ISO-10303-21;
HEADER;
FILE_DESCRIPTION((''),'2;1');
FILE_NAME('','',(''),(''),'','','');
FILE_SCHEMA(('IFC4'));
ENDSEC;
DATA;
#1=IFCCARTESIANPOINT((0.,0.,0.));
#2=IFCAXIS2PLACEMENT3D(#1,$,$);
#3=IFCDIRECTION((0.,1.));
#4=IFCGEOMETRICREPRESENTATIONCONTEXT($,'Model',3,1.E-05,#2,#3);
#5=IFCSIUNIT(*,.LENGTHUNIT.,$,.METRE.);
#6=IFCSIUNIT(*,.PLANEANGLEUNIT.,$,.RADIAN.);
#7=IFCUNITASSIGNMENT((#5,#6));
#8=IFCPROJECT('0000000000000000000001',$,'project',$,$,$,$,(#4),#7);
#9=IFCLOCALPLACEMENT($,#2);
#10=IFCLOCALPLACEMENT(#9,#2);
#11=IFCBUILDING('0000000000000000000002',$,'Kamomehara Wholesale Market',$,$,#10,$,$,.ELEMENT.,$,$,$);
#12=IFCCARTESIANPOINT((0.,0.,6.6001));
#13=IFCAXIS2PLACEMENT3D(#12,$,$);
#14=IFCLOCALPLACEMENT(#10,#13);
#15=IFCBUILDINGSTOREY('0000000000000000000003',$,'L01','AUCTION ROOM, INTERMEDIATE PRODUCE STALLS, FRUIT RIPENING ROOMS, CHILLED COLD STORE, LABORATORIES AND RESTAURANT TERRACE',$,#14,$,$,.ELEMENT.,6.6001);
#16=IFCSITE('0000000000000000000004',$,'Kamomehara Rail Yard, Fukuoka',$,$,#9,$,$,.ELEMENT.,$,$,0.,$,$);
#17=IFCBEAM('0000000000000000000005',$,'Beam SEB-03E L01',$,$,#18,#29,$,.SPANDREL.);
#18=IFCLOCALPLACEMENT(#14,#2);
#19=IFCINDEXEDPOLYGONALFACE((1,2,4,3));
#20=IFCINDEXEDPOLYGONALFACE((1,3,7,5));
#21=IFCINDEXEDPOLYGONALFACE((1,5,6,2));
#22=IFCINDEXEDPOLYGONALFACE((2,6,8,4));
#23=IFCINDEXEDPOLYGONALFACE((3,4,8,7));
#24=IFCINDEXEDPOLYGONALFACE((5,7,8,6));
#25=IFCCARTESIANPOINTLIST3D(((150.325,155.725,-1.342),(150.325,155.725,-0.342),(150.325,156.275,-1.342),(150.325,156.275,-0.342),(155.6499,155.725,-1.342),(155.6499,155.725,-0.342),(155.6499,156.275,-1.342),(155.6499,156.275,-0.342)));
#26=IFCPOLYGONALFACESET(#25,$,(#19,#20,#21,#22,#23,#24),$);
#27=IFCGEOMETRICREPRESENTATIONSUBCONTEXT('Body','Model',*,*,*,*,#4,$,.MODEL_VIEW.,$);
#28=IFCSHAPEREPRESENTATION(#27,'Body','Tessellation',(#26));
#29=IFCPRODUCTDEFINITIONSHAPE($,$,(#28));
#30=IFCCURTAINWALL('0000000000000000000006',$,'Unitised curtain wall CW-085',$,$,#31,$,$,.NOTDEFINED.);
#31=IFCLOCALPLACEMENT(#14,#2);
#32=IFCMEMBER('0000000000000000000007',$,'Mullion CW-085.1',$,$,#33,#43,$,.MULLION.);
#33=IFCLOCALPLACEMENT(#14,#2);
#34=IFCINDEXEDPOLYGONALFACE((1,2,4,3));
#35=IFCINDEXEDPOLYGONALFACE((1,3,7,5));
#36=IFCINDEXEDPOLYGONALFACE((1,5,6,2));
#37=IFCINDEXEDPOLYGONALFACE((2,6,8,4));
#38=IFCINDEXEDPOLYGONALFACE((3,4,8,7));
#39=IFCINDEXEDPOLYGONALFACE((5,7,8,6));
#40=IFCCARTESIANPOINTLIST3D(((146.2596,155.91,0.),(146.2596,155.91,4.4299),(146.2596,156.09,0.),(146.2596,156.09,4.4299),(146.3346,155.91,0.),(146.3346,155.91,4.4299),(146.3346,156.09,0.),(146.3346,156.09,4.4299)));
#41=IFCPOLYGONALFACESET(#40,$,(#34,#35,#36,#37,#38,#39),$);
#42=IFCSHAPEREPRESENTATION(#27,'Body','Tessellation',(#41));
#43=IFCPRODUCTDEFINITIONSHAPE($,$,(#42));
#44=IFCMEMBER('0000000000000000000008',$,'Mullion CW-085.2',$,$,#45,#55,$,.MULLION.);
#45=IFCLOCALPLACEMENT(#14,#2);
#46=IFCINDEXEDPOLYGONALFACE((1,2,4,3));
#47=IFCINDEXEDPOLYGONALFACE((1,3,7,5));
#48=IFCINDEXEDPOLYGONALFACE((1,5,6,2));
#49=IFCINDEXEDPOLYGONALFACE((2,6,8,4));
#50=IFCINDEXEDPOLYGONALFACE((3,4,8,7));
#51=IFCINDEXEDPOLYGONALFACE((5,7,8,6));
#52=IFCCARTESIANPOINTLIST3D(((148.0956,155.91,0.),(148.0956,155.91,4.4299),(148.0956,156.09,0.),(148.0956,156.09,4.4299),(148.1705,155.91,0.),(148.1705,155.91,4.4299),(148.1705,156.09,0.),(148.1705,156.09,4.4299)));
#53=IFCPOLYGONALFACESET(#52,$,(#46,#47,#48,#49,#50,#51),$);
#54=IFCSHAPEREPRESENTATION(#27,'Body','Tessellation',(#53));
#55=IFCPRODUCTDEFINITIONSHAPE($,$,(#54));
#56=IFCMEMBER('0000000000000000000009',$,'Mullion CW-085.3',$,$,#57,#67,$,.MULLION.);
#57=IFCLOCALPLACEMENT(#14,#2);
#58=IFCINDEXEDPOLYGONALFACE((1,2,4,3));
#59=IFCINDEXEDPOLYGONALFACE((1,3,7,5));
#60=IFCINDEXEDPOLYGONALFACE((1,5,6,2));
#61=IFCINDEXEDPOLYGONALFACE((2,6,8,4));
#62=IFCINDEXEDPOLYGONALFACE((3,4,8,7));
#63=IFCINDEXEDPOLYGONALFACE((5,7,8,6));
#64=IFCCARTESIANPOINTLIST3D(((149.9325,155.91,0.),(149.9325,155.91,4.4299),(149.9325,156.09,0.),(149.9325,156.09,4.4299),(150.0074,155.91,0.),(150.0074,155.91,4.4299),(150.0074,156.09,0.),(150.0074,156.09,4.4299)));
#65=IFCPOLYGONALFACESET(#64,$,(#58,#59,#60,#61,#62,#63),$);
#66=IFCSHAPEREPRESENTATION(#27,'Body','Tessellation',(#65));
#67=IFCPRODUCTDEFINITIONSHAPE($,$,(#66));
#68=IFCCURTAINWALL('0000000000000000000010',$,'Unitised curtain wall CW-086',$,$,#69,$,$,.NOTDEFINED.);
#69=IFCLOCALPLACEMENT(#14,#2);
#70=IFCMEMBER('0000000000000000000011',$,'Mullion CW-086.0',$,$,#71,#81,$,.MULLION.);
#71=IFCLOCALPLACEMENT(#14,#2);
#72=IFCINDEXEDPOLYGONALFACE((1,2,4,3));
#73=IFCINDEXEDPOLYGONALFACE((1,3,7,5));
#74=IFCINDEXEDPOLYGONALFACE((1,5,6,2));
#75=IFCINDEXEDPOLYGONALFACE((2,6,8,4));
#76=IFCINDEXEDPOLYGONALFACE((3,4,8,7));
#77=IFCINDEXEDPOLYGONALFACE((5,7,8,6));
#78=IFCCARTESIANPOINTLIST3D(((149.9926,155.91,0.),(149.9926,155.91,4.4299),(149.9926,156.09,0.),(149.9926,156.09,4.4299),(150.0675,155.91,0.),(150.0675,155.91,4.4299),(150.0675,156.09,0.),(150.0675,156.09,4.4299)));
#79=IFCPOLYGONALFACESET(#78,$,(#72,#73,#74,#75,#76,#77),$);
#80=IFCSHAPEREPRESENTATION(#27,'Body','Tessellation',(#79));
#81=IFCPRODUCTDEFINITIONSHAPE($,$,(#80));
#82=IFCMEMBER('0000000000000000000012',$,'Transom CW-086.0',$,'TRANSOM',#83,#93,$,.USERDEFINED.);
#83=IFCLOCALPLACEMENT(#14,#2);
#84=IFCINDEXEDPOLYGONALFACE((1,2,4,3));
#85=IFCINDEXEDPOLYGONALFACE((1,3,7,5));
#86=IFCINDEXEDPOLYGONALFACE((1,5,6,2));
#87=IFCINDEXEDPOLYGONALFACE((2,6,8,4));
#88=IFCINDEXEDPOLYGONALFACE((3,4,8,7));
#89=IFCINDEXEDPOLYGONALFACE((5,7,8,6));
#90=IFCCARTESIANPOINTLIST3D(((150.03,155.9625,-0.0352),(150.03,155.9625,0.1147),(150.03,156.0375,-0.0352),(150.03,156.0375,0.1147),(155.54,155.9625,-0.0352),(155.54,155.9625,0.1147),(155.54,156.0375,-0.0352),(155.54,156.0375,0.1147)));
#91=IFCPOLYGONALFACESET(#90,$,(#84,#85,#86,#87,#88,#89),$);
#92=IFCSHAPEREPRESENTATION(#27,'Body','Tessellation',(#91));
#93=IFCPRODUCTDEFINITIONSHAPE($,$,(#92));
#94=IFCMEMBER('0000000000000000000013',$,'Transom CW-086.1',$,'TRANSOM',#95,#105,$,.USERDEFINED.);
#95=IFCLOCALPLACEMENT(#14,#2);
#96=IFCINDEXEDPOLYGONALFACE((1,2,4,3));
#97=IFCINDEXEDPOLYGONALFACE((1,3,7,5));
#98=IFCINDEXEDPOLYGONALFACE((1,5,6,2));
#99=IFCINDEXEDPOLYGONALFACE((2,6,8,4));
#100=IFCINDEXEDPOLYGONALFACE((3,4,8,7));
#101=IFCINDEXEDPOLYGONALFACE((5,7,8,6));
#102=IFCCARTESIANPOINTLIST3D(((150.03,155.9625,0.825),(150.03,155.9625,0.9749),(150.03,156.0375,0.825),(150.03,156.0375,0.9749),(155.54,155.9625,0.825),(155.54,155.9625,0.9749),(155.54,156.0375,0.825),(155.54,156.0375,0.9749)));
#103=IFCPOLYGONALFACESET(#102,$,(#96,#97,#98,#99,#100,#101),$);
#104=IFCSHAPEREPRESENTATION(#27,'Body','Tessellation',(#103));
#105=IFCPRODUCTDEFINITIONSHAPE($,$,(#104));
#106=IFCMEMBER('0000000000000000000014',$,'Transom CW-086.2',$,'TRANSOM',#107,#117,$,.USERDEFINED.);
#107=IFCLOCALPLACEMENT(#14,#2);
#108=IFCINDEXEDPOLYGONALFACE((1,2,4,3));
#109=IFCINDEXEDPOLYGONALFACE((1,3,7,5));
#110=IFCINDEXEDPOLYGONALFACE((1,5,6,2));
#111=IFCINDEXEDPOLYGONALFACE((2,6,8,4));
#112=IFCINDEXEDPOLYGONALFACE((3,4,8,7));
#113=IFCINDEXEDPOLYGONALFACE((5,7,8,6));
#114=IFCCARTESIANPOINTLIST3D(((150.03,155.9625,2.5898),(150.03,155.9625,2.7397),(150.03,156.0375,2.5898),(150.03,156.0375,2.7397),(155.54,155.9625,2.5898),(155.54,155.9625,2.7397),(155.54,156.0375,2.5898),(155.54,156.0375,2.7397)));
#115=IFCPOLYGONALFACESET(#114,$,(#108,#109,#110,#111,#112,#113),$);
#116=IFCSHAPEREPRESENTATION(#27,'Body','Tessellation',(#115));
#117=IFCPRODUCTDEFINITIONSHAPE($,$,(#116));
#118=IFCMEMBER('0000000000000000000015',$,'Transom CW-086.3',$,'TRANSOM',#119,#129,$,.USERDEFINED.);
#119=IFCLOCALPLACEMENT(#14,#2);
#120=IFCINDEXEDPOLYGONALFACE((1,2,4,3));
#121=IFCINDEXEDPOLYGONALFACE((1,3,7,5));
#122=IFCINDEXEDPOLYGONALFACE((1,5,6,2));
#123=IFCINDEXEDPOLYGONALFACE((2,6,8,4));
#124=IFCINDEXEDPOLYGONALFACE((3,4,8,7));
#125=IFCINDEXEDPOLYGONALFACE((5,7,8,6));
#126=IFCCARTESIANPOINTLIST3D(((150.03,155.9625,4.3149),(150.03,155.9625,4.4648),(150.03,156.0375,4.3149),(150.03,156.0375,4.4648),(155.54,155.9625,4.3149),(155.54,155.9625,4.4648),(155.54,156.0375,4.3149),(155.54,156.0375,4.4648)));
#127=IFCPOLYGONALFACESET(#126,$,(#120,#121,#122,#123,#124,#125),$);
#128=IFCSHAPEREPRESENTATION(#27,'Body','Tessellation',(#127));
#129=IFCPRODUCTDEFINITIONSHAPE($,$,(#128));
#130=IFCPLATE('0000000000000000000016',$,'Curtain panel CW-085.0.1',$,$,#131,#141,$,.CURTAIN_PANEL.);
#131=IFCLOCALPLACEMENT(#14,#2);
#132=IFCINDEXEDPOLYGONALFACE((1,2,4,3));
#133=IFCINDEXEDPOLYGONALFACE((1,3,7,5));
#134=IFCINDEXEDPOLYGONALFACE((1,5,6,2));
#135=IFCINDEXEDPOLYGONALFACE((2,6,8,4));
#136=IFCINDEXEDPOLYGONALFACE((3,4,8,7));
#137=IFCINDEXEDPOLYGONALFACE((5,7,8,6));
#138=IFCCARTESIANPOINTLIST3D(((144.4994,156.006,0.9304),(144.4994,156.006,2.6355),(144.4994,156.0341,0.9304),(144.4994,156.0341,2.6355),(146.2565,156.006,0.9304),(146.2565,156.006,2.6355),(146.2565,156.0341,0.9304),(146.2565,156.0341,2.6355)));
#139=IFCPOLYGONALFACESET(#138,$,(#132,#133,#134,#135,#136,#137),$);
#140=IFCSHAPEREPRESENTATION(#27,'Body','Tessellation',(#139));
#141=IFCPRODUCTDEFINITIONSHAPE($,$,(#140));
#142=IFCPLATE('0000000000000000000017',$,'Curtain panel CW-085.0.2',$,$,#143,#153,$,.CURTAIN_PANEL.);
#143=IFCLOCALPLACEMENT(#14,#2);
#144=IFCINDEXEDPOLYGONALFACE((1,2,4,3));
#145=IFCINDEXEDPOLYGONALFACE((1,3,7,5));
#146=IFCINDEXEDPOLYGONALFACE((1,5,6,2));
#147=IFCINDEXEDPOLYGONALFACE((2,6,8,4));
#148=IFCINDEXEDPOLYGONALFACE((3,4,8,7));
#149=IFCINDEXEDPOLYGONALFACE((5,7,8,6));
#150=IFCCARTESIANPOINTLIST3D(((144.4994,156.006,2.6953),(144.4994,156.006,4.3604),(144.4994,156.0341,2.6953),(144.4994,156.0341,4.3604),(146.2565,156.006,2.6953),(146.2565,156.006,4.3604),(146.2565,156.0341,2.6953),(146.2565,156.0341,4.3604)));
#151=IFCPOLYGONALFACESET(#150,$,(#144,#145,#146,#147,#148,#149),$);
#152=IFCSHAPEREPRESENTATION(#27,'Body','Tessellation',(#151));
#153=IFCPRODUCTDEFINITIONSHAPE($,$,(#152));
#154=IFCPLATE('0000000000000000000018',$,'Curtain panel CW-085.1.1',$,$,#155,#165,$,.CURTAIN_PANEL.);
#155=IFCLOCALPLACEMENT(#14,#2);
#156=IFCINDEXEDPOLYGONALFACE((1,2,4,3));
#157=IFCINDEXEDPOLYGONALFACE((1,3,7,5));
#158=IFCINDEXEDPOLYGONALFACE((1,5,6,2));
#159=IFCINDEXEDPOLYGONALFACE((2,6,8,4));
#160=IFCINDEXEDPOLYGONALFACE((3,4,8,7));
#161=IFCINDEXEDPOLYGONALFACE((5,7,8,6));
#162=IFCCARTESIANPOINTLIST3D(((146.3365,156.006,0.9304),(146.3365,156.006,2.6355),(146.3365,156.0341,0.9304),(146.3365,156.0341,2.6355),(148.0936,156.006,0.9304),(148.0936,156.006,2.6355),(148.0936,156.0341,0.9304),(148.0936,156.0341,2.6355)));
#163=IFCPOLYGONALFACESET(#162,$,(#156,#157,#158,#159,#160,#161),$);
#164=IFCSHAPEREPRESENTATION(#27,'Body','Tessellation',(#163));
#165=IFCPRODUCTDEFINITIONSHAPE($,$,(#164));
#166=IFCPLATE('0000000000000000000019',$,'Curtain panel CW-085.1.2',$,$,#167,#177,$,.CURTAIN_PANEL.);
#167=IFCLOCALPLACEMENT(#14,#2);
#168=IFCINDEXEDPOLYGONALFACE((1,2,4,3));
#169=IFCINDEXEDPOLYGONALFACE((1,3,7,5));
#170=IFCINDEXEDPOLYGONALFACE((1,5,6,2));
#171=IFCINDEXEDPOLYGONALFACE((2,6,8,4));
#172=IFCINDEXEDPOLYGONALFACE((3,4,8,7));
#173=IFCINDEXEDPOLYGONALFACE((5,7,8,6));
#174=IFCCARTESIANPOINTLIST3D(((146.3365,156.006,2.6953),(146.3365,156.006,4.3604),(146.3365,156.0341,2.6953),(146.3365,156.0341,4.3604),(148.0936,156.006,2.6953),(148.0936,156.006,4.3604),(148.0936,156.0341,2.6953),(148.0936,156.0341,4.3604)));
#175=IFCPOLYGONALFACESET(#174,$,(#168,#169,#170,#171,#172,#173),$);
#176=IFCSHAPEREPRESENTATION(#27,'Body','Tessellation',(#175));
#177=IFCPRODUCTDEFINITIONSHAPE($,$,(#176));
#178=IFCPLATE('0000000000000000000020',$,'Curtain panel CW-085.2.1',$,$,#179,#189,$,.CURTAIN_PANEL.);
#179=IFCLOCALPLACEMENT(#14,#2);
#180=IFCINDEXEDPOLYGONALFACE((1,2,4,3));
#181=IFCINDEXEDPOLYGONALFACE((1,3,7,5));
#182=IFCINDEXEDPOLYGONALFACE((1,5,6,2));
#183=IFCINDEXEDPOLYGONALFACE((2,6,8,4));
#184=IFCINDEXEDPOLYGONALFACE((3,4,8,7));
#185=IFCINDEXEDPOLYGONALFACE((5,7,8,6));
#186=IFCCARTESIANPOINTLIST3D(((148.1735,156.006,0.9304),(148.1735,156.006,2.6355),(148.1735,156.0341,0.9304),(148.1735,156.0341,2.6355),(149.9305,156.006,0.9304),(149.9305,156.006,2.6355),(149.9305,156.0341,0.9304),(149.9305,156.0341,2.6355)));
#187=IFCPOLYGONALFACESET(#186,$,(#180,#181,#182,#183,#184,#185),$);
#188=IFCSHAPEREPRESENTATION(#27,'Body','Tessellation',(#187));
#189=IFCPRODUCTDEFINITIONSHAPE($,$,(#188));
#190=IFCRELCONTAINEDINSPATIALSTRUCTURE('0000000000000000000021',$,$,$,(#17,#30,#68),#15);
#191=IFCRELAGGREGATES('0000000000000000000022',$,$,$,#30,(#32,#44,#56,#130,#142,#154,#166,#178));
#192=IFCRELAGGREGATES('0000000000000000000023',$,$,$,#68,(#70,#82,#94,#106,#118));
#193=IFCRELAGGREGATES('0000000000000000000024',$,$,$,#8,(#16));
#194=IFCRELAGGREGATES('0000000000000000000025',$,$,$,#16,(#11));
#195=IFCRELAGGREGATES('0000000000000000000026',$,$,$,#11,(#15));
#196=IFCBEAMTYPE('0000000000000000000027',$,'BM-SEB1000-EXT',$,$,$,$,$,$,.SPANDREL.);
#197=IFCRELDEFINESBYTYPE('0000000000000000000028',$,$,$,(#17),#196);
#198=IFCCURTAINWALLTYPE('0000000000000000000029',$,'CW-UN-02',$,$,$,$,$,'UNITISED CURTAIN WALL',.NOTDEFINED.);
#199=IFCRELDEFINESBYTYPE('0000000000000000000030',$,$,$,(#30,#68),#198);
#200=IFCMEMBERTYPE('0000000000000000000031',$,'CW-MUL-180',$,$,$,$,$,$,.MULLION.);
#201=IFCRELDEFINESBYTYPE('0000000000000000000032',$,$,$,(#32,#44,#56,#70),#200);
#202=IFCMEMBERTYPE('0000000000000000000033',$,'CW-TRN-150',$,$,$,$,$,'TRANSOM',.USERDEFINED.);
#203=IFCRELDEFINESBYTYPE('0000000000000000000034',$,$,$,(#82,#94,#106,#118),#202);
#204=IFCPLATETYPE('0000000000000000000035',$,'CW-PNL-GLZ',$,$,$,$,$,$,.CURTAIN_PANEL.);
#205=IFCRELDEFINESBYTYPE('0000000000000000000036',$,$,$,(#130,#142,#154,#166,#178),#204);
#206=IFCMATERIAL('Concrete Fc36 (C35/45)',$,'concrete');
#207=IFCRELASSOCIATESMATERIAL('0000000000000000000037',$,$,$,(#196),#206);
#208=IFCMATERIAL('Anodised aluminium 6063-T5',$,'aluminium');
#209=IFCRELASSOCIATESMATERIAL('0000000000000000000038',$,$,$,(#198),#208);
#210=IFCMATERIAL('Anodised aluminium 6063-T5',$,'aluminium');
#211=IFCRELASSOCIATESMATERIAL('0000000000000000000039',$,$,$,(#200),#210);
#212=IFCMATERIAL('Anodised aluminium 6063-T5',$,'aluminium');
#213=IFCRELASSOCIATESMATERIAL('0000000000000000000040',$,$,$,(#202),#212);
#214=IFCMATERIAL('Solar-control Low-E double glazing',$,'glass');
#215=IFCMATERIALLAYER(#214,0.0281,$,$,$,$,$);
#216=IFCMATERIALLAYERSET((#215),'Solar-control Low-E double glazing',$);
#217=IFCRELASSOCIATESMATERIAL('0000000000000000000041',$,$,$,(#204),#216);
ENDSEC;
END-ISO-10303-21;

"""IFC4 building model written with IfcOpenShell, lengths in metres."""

from ifc_helpers import new_model, si_unit, direction, frame, origin, origin_2d, place, context, subcontext, project, spatial, rectangle, extrude, material, layer, layer_set, material_profile, profile_set, type_object, element, aggregate, save


model = new_model("IFC4")

# Units and contexts
model_context = context("Model", 3, precision=1e-05, world=origin(), true_north=direction((0.0, 1.0)))
body_context = subcontext(model_context, "Body", "Model", "MODEL_VIEW")
ifc_project = project(units=[si_unit("LENGTHUNIT", "METRE"), si_unit("PLANEANGLEUNIT", "RADIAN")], contexts=[model_context])

# Site, building, storey
site_placement = place(None, origin())
site = spatial("IfcSite", under=ifc_project, at=site_placement, Name="Kamomehara Rail Yard, Fukuoka", CompositionType="ELEMENT", RefElevation=0.0)
building_placement = place(site_placement, origin())
building = spatial("IfcBuilding", under=site, at=building_placement, Name="Kamomehara Wholesale Market", CompositionType="ELEMENT")
storey_placement = place(building_placement, frame((0.0, 0.0, 6.6001)))
storey = spatial("IfcBuildingStorey", under=building, at=storey_placement, Name="L01", Description="AUCTION ROOM, INTERMEDIATE PRODUCE STALLS, FRUIT RIPENING ROOMS, CHILLED COLD STORE, LABORATORIES AND RESTAURANT TERRACE", CompositionType="ELEMENT", Elevation=6.6001)

# Beam
ifc_material_1 = material(Name="Concrete Fc36 (C35/45)", Category="concrete")
ifc_material_profile_1 = material_profile(ifc_material_1, rectangle(XDim=0.55, YDim=1.0, at=origin_2d()), Name="RC-SEB-550x1000")
ifc_profile_set_1 = profile_set([ifc_material_profile_1], Name="Concrete Fc36 (C35/45)")
beam_type = type_object("IfcBeamType", Name="BM-SEB1000-EXT", PredefinedType="SPANDREL", material=ifc_profile_set_1)
beam_placement = place(storey_placement, frame((150.325, 156.0, -0.842), z_axis=(1.0, 0.0, 0.0), x_axis=(0.0, 1.0, 0.0)))
element("IfcBeam", 1, at=beam_placement, inside=storey, type_object=beam_type, Name="Beam SEB-03E L01", PredefinedType="SPANDREL", context=body_context, shape_type="SweptSolid", body=[
    extrude(rectangle(XDim=0.55, YDim=1.0, at=origin_2d()), origin(), (0.0, 0.0, 1.0), 5.325),
])

# Curtain walls, members
ifc_material_2 = material(Name="Anodised aluminium 6063-T5", Category="aluminium")
curtain_wall_type = type_object("IfcCurtainWallType", Name="CW-UN-02", ElementType="UNITISED CURTAIN WALL", PredefinedType="NOTDEFINED", material=ifc_material_2)
curtain_wall_1_placement = place(storey_placement, origin())
curtain_wall_1 = element("IfcCurtainWall", 2, at=curtain_wall_1_placement, inside=storey, type_object=curtain_wall_type, Name="Unitised curtain wall CW-085", PredefinedType="NOTDEFINED")
ifc_material_3 = material(Name="Anodised aluminium 6063-T5", Category="aluminium")
ifc_material_profile_2 = material_profile(ifc_material_3, rectangle(XDim=0.075, YDim=0.1799, at=origin_2d()), Name="ALU-MUL-75x180")
ifc_profile_set_2 = profile_set([ifc_material_profile_2], Name="Anodised aluminium 6063-T5")
member_type_1 = type_object("IfcMemberType", Name="CW-MUL-180", PredefinedType="MULLION", material=ifc_profile_set_2)
member_1_placement = place(storey_placement, frame((146.2971, 156.0, 0.0), z_axis=(0.0, 0.0, 1.0), x_axis=(1.0, 0.0, 0.0)))
member_1 = element("IfcMember", 3, at=member_1_placement, type_object=member_type_1, Name="Mullion CW-085.1", PredefinedType="MULLION", context=body_context, shape_type="SweptSolid", body=[
    extrude(rectangle(XDim=0.075, YDim=0.1799, at=origin_2d()), origin(), (0.0, 0.0, 1.0), 4.4299),
])
member_2_placement = place(storey_placement, frame((148.1331, 156.0, 0.0), z_axis=(0.0, 0.0, 1.0), x_axis=(1.0, 0.0, 0.0)))
member_2 = element("IfcMember", 4, at=member_2_placement, type_object=member_type_1, Name="Mullion CW-085.2", PredefinedType="MULLION", context=body_context, shape_type="SweptSolid", body=[
    extrude(rectangle(XDim=0.075, YDim=0.1799, at=origin_2d()), origin(), (0.0, 0.0, 1.0), 4.4299),
])
member_3_placement = place(storey_placement, frame((149.97, 156.0, 0.0), z_axis=(0.0, 0.0, 1.0), x_axis=(1.0, 0.0, 0.0)))
member_3 = element("IfcMember", 5, at=member_3_placement, type_object=member_type_1, Name="Mullion CW-085.3", PredefinedType="MULLION", context=body_context, shape_type="SweptSolid", body=[
    extrude(rectangle(XDim=0.075, YDim=0.1799, at=origin_2d()), origin(), (0.0, 0.0, 1.0), 4.4299),
])
curtain_wall_2_placement = place(storey_placement, origin())
curtain_wall_2 = element("IfcCurtainWall", 6, at=curtain_wall_2_placement, inside=storey, type_object=curtain_wall_type, Name="Unitised curtain wall CW-086", PredefinedType="NOTDEFINED")
member_4_placement = place(storey_placement, frame((150.03, 156.0, 0.0), z_axis=(0.0, 0.0, 1.0), x_axis=(1.0, 0.0, 0.0)))
member_4 = element("IfcMember", 7, at=member_4_placement, type_object=member_type_1, Name="Mullion CW-086.0", PredefinedType="MULLION", context=body_context, shape_type="SweptSolid", body=[
    extrude(rectangle(XDim=0.075, YDim=0.1799, at=origin_2d()), origin(), (0.0, 0.0, 1.0), 4.4299),
])
ifc_material_4 = material(Name="Anodised aluminium 6063-T5", Category="aluminium")
ifc_material_profile_3 = material_profile(ifc_material_4, rectangle(XDim=0.075, YDim=0.1499, at=origin_2d()), Name="ALU-TRN-75x150")
ifc_profile_set_3 = profile_set([ifc_material_profile_3], Name="Anodised aluminium 6063-T5")
member_type_2 = type_object("IfcMemberType", Name="CW-TRN-150", ElementType="TRANSOM", PredefinedType="USERDEFINED", material=ifc_profile_set_3)
member_5_placement = place(storey_placement, frame((150.03, 156.0, 0.0398), z_axis=(1.0, 0.0, 0.0), x_axis=(0.0, 1.0, 0.0)))
member_5 = element("IfcMember", 8, at=member_5_placement, type_object=member_type_2, Name="Transom CW-086.0", ObjectType="TRANSOM", PredefinedType="USERDEFINED", context=body_context, shape_type="SweptSolid", body=[
    extrude(rectangle(XDim=0.075, YDim=0.1499, at=origin_2d()), origin(), (0.0, 0.0, 1.0), 5.51),
])
member_6_placement = place(storey_placement, frame((150.03, 156.0, 0.8999), z_axis=(1.0, 0.0, 0.0), x_axis=(0.0, 1.0, 0.0)))
member_6 = element("IfcMember", 9, at=member_6_placement, type_object=member_type_2, Name="Transom CW-086.1", ObjectType="TRANSOM", PredefinedType="USERDEFINED", context=body_context, shape_type="SweptSolid", body=[
    extrude(rectangle(XDim=0.075, YDim=0.1499, at=origin_2d()), origin(), (0.0, 0.0, 1.0), 5.51),
])
member_7_placement = place(storey_placement, frame((150.03, 156.0, 2.6648), z_axis=(1.0, 0.0, 0.0), x_axis=(0.0, 1.0, 0.0)))
member_7 = element("IfcMember", 10, at=member_7_placement, type_object=member_type_2, Name="Transom CW-086.2", ObjectType="TRANSOM", PredefinedType="USERDEFINED", context=body_context, shape_type="SweptSolid", body=[
    extrude(rectangle(XDim=0.075, YDim=0.1499, at=origin_2d()), origin(), (0.0, 0.0, 1.0), 5.51),
])
member_8_placement = place(storey_placement, frame((150.03, 156.0, 4.3899), z_axis=(1.0, 0.0, 0.0), x_axis=(0.0, 1.0, 0.0)))
member_8 = element("IfcMember", 11, at=member_8_placement, type_object=member_type_2, Name="Transom CW-086.3", ObjectType="TRANSOM", PredefinedType="USERDEFINED", context=body_context, shape_type="SweptSolid", body=[
    extrude(rectangle(XDim=0.075, YDim=0.1499, at=origin_2d()), origin(), (0.0, 0.0, 1.0), 5.51),
])

# Plates
ifc_material_5 = material(Name="Solar-control Low-E double glazing", Category="glass")
ifc_layer_1 = layer(ifc_material_5, 0.0281)
ifc_layer_set_1 = layer_set([ifc_layer_1], Name="Solar-control Low-E double glazing")
plate_type_1 = type_object("IfcPlateType", Name="CW-PNL-GLZ", PredefinedType="CURTAIN_PANEL", material=ifc_layer_set_1)
plate_1_placement = place(storey_placement, frame((145.3779, 156.02, 0.9304), z_axis=(0.0, 0.0, 1.0), x_axis=(1.0, 0.0, 0.0)))
plate_1 = element("IfcPlate", 12, at=plate_1_placement, type_object=plate_type_1, Name="Curtain panel CW-085.0.1", PredefinedType="CURTAIN_PANEL", context=body_context, shape_type="SweptSolid", body=[
    extrude(rectangle(XDim=1.7571, YDim=0.0281, at=origin_2d()), origin(), (0.0, 0.0, 1.0), 1.7051),
])
plate_2_placement = place(storey_placement, frame((145.3779, 156.02, 2.6953), z_axis=(0.0, 0.0, 1.0), x_axis=(1.0, 0.0, 0.0)))
plate_2 = element("IfcPlate", 13, at=plate_2_placement, type_object=plate_type_1, Name="Curtain panel CW-085.0.2", PredefinedType="CURTAIN_PANEL", context=body_context, shape_type="SweptSolid", body=[
    extrude(rectangle(XDim=1.7571, YDim=0.0281, at=origin_2d()), origin(), (0.0, 0.0, 1.0), 1.665),
])
plate_3_placement = place(storey_placement, frame((147.2151, 156.02, 0.9304), z_axis=(0.0, 0.0, 1.0), x_axis=(1.0, 0.0, 0.0)))
plate_3 = element("IfcPlate", 14, at=plate_3_placement, type_object=plate_type_1, Name="Curtain panel CW-085.1.1", PredefinedType="CURTAIN_PANEL", context=body_context, shape_type="SweptSolid", body=[
    extrude(rectangle(XDim=1.7571, YDim=0.0281, at=origin_2d()), origin(), (0.0, 0.0, 1.0), 1.7051),
])
plate_4_placement = place(storey_placement, frame((147.2151, 156.02, 2.6953), z_axis=(0.0, 0.0, 1.0), x_axis=(1.0, 0.0, 0.0)))
plate_4 = element("IfcPlate", 15, at=plate_4_placement, type_object=plate_type_1, Name="Curtain panel CW-085.1.2", PredefinedType="CURTAIN_PANEL", context=body_context, shape_type="SweptSolid", body=[
    extrude(rectangle(XDim=1.7571, YDim=0.0281, at=origin_2d()), origin(), (0.0, 0.0, 1.0), 1.665),
])
plate_5_placement = place(storey_placement, frame((149.052, 156.02, 0.9304), z_axis=(0.0, 0.0, 1.0), x_axis=(1.0, 0.0, 0.0)))
plate_5 = element("IfcPlate", 16, at=plate_5_placement, type_object=plate_type_1, Name="Curtain panel CW-085.2.1", PredefinedType="CURTAIN_PANEL", context=body_context, shape_type="SweptSolid", body=[
    extrude(rectangle(XDim=1.7571, YDim=0.0281, at=origin_2d()), origin(), (0.0, 0.0, 1.0), 1.7051),
])
aggregate(curtain_wall_1, [member_1, member_2, member_3, plate_1, plate_2, plate_3, plate_4, plate_5])
aggregate(curtain_wall_2, [member_4, member_5, member_6, member_7, member_8])

save(model, "model.ifc")
